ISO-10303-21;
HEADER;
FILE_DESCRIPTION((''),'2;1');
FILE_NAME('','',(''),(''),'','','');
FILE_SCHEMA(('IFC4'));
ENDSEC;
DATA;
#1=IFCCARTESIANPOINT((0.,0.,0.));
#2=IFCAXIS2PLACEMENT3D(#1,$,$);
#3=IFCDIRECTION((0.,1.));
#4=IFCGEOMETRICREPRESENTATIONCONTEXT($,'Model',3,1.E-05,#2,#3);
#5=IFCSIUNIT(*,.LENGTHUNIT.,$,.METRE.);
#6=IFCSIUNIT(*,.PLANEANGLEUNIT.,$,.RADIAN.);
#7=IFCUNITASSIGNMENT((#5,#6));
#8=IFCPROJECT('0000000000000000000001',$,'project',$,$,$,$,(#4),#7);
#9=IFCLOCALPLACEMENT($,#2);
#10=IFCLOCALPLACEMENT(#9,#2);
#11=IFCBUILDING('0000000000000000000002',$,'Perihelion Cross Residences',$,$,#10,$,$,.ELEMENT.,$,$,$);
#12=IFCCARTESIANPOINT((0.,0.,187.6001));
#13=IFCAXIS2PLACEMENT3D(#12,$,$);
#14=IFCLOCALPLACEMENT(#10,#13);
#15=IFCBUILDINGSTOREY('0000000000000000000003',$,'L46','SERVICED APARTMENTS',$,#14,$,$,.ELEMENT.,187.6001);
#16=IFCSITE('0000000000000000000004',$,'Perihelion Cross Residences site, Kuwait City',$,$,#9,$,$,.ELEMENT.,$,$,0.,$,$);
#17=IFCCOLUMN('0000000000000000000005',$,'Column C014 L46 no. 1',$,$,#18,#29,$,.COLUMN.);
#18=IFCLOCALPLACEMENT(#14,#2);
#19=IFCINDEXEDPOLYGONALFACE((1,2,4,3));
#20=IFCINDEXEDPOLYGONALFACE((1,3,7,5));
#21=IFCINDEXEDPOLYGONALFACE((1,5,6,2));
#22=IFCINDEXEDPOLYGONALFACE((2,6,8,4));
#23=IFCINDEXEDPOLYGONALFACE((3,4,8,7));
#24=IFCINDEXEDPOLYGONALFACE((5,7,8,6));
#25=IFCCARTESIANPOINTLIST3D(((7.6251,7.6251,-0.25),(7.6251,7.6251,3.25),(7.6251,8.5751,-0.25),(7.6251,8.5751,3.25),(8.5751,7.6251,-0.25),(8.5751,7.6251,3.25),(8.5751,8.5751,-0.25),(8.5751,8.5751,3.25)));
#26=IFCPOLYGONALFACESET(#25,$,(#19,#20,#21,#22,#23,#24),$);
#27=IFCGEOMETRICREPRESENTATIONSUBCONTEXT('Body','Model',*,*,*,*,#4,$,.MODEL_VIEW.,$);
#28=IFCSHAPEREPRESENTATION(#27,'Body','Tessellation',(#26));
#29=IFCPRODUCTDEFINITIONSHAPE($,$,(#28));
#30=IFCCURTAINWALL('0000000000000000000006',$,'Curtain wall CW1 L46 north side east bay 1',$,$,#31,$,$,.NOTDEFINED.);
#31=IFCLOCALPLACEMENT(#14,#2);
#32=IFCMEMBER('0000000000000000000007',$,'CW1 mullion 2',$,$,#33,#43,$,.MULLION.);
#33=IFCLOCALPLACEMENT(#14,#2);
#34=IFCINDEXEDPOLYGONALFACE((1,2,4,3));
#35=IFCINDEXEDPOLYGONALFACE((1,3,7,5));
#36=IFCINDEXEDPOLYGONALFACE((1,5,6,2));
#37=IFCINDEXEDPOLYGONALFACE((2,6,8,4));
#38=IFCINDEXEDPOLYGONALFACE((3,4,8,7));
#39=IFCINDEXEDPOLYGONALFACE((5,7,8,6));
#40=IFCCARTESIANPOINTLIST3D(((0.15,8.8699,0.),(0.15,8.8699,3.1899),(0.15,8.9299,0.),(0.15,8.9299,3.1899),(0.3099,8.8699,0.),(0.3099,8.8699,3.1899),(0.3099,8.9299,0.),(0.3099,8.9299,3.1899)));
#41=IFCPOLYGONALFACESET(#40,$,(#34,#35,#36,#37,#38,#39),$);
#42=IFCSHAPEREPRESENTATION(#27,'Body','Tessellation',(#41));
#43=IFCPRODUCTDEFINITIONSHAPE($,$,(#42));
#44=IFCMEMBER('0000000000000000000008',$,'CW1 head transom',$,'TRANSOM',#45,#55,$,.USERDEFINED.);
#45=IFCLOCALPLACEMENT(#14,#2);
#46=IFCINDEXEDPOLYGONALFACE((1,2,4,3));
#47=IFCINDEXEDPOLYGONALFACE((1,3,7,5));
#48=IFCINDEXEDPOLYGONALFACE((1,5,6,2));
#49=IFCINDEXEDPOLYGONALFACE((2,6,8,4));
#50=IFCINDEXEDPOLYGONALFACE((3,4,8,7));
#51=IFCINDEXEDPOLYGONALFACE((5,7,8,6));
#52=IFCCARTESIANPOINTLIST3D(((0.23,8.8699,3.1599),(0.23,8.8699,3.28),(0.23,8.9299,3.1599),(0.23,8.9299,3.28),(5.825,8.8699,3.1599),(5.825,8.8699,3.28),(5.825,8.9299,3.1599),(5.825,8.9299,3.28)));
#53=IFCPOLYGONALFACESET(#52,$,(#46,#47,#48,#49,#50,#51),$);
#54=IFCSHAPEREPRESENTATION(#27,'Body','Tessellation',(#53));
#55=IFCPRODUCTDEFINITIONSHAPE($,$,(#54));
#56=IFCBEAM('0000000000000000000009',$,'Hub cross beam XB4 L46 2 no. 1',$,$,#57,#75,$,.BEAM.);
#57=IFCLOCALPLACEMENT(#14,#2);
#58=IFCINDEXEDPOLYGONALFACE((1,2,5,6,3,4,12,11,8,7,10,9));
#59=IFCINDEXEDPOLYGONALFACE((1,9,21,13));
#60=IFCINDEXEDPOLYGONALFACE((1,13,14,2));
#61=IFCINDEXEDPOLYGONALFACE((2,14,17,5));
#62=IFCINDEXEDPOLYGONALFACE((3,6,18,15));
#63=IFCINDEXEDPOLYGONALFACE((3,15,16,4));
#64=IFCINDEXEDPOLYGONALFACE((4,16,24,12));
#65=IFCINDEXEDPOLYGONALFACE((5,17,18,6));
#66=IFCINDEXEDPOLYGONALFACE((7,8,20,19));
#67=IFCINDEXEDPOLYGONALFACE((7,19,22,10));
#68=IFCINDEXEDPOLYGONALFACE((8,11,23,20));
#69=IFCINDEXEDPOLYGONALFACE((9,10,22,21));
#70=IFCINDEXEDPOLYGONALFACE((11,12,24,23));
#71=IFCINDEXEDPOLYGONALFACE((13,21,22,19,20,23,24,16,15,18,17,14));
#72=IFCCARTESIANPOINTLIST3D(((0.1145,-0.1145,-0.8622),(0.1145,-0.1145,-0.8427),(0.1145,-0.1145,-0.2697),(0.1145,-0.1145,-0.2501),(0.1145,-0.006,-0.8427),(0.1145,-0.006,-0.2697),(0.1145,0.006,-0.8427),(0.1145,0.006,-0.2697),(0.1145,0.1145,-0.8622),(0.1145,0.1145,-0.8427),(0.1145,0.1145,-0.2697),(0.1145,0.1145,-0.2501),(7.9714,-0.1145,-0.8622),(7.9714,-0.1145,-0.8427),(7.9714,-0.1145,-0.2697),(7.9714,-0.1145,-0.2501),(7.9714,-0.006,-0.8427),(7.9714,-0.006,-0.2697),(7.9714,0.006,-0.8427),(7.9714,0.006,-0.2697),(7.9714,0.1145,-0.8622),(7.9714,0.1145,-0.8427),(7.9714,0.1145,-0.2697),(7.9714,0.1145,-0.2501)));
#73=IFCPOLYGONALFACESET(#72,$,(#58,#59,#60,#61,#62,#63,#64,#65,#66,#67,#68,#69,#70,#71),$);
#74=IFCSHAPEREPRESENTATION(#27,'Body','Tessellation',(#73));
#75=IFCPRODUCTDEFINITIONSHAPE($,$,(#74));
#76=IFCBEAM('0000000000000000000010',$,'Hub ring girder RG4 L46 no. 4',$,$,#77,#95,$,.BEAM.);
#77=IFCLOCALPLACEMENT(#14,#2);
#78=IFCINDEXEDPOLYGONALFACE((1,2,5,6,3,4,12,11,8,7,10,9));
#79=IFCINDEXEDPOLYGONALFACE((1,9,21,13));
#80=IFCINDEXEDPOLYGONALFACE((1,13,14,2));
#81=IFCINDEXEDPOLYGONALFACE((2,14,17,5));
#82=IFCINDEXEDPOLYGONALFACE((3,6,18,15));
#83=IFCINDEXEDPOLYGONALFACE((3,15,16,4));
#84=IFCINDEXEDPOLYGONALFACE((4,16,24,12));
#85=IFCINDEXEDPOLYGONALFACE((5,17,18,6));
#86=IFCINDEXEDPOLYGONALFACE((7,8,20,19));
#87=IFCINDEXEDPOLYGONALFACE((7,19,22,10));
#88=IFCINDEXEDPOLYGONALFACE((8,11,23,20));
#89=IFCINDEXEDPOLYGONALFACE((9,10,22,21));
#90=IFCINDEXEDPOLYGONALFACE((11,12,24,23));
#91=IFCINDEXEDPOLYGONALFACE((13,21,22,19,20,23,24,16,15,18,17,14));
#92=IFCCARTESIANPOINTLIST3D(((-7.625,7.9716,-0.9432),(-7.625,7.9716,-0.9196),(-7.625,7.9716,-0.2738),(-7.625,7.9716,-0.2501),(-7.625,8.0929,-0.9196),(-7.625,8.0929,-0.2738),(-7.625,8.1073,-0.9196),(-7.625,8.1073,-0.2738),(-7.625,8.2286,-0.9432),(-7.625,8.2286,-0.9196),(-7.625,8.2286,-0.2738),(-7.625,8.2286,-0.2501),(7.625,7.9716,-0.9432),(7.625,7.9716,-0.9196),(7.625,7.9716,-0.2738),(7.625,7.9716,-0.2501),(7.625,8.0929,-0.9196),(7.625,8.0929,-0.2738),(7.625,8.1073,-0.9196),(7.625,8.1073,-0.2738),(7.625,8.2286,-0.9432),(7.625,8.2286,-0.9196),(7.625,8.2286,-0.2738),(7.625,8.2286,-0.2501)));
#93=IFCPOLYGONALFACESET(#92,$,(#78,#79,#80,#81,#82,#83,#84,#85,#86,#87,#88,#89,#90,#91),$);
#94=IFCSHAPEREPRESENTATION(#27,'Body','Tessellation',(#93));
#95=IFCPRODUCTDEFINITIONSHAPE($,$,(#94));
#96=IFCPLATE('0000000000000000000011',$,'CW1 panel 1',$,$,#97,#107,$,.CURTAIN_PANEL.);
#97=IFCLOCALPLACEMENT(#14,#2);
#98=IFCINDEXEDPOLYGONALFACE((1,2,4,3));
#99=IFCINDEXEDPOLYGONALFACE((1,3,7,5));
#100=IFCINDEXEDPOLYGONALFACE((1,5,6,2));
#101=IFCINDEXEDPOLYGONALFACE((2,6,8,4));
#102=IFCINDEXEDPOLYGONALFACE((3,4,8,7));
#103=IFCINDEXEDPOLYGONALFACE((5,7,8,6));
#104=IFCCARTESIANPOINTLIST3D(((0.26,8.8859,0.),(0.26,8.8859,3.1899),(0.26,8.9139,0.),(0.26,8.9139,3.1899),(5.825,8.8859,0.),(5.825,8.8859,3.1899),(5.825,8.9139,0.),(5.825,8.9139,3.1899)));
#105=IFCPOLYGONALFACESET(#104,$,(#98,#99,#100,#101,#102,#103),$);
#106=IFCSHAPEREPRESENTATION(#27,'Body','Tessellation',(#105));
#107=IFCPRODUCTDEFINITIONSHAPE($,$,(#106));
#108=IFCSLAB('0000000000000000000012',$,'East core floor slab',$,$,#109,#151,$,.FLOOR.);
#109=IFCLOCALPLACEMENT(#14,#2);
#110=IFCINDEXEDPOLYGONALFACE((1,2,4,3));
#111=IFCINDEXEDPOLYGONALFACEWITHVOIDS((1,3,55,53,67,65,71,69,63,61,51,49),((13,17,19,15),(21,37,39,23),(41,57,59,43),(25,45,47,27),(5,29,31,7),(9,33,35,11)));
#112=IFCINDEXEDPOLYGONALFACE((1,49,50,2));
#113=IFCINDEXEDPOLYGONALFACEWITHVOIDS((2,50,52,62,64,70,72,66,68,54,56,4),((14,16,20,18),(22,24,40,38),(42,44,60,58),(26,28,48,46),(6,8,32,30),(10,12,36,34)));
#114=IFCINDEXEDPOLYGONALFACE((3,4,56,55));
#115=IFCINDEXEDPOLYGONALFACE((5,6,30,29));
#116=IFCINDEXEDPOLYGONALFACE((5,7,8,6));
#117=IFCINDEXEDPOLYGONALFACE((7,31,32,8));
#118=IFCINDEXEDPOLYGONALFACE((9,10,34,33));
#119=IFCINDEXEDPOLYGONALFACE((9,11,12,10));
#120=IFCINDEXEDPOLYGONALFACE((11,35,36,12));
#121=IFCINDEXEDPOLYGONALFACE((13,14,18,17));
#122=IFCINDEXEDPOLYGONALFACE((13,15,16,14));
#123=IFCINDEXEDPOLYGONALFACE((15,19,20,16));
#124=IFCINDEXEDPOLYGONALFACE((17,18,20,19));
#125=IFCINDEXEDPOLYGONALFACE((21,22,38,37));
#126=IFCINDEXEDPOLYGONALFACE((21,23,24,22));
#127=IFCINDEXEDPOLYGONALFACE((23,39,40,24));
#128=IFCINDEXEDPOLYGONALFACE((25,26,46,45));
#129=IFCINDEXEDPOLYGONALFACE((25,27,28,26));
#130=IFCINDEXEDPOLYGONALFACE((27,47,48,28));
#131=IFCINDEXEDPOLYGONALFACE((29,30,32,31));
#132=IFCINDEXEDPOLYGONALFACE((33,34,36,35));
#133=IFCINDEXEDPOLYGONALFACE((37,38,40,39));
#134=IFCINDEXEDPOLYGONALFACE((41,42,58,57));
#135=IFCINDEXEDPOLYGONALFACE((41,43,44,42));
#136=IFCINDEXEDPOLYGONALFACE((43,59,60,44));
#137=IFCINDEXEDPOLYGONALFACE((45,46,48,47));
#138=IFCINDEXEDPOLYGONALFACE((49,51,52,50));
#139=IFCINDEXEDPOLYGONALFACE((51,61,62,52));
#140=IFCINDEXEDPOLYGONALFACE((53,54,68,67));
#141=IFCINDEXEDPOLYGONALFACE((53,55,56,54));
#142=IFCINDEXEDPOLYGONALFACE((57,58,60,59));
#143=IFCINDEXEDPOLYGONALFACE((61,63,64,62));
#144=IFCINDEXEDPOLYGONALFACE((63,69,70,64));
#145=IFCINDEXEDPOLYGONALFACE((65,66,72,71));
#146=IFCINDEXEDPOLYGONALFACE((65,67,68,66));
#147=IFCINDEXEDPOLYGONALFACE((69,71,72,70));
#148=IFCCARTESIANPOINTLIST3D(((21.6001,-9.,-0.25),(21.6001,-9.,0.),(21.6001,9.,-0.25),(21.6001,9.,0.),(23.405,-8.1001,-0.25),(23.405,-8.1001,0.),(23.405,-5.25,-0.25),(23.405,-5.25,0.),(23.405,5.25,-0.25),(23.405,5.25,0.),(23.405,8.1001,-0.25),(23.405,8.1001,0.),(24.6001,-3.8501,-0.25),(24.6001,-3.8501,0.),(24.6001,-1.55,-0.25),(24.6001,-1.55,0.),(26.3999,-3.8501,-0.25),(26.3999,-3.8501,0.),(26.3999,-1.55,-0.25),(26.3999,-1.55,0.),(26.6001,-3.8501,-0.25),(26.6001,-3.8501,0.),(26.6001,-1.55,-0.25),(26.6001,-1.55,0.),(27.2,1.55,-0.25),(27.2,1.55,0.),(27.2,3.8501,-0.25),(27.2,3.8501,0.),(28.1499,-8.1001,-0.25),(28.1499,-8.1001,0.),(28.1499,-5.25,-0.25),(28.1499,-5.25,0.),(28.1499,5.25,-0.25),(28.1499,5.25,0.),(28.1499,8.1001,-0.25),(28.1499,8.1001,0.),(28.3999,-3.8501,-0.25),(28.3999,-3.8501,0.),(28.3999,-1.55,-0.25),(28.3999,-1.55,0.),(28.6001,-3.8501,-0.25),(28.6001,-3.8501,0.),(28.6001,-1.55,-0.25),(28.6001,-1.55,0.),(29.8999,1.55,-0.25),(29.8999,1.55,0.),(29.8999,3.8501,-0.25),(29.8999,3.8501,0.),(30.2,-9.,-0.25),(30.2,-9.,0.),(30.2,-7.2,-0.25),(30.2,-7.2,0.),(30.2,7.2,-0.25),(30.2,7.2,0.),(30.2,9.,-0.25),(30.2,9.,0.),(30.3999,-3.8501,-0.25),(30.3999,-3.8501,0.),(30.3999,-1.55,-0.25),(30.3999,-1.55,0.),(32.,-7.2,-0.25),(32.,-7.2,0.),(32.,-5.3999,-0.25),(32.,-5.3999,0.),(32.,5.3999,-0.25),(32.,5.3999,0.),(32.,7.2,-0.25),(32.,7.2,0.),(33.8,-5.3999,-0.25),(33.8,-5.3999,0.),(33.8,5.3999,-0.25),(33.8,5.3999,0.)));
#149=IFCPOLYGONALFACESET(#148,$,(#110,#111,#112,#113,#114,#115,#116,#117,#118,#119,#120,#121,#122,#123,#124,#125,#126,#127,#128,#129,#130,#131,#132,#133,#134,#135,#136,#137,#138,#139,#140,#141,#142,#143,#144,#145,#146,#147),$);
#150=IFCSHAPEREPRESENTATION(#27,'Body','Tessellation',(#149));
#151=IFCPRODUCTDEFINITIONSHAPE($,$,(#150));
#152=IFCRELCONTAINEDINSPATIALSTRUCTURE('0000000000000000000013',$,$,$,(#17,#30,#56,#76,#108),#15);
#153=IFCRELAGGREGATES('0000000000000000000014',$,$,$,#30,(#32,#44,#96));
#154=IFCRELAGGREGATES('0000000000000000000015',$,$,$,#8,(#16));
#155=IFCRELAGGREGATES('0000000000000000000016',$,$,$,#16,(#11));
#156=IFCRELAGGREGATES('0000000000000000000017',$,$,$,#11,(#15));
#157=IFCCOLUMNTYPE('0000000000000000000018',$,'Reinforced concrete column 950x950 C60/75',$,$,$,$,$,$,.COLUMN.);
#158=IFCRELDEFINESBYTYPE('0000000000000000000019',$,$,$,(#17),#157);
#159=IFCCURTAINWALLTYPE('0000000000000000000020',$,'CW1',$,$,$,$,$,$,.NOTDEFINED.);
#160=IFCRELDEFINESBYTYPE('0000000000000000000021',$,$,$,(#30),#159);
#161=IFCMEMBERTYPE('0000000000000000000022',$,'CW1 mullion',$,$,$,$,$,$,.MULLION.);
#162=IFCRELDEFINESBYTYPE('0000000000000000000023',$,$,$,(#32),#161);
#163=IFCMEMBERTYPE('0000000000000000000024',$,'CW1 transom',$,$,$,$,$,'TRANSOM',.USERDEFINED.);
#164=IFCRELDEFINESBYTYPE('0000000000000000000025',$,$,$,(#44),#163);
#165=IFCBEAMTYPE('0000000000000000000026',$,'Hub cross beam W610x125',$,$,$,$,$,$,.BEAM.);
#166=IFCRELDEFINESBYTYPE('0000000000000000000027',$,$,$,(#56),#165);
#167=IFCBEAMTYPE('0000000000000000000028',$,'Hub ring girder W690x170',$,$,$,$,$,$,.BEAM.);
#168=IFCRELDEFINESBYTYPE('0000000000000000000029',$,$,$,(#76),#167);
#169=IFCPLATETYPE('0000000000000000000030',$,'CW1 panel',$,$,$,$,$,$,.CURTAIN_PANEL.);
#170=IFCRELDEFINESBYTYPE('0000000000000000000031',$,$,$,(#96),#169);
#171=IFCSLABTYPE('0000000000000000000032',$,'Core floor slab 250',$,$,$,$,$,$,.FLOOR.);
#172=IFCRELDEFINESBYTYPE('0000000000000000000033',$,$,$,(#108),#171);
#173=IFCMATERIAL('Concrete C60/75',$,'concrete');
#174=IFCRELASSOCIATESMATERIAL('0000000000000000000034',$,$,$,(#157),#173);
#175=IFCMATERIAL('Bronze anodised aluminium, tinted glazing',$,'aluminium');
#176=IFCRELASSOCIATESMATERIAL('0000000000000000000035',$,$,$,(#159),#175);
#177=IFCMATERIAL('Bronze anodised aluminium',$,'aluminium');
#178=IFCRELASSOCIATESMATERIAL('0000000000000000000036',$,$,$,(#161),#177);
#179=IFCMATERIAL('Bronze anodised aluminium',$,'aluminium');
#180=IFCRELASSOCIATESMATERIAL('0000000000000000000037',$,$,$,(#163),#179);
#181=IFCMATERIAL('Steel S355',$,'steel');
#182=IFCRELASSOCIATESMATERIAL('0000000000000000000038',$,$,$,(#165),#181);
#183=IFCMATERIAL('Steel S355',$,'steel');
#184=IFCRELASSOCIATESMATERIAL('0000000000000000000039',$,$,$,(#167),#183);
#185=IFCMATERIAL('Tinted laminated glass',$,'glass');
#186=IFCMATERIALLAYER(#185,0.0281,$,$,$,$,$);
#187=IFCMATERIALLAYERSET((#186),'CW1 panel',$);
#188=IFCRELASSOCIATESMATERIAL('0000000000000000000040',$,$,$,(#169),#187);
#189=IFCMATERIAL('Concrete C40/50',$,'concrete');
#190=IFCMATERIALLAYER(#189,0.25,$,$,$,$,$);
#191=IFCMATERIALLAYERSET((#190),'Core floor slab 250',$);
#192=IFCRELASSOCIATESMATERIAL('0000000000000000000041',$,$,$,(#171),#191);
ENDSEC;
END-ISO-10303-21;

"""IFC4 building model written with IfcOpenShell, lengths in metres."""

from ifc_helpers import new_model, si_unit, direction, frame, origin, origin_2d, place, context, subcontext, project, spatial, polyline, rectangle, i_section, outline, extrude, material, layer, layer_set, material_profile, profile_set, type_object, element, aggregate, save


model = new_model("IFC4")

# Units and contexts
model_context = context("Model", 3, precision=1e-05, world=origin(), true_north=direction((0.0, 1.0)))
body_context = subcontext(model_context, "Body", "Model", "MODEL_VIEW")
ifc_project = project(units=[si_unit("LENGTHUNIT", "METRE"), si_unit("PLANEANGLEUNIT", "RADIAN")], contexts=[model_context])

# Site, building, storey
site_placement = place(None, origin())
site = spatial("IfcSite", under=ifc_project, at=site_placement, Name="Perihelion Cross Residences site, Kuwait City", CompositionType="ELEMENT", RefElevation=0.0)
building_placement = place(site_placement, origin())
building = spatial("IfcBuilding", under=site, at=building_placement, Name="Perihelion Cross Residences", CompositionType="ELEMENT")
storey_placement = place(building_placement, frame((0.0, 0.0, 187.6001)))
storey = spatial("IfcBuildingStorey", under=building, at=storey_placement, Name="L46", Description="SERVICED APARTMENTS", CompositionType="ELEMENT", Elevation=187.6001)

# Column
ifc_material_1 = material(Name="Concrete C60/75", Category="concrete")
ifc_material_profile_1 = material_profile(ifc_material_1, rectangle(XDim=0.95, YDim=0.95, at=origin_2d()), Name="RC 950x950")
ifc_profile_set_1 = profile_set([ifc_material_profile_1], Name="Concrete C60/75")
column_type = type_object("IfcColumnType", Name="Reinforced concrete column 950x950 C60/75", PredefinedType="COLUMN", material=ifc_profile_set_1)
column_placement = place(storey_placement, frame((8.1001, 8.1001, -0.25), z_axis=(0.0, 0.0, 1.0), x_axis=(1.0, 0.0, 0.0)))
element("IfcColumn", 1, at=column_placement, inside=storey, type_object=column_type, Name="Column C014 L46 no. 1", PredefinedType="COLUMN", context=body_context, shape_type="SweptSolid", body=[
    extrude(rectangle(XDim=0.95, YDim=0.95, at=origin_2d()), origin(), (0.0, 0.0, 1.0), 3.5),
])

# Curtain wall, members
ifc_material_2 = material(Name="Bronze anodised aluminium, tinted glazing", Category="aluminium")
curtain_wall_type = type_object("IfcCurtainWallType", Name="CW1", PredefinedType="NOTDEFINED", material=ifc_material_2)
curtain_wall_placement = place(storey_placement, origin())
curtain_wall = element("IfcCurtainWall", 2, at=curtain_wall_placement, inside=storey, type_object=curtain_wall_type, Name="Curtain wall CW1 L46 north side east bay 1", PredefinedType="NOTDEFINED")
ifc_material_3 = material(Name="Bronze anodised aluminium", Category="aluminium")
ifc_material_profile_2 = material_profile(ifc_material_3, rectangle(XDim=0.0601, YDim=0.1599, at=origin_2d()), Name="CW1 mullion")
ifc_profile_set_2 = profile_set([ifc_material_profile_2], Name="Bronze anodised aluminium")
member_type_1 = type_object("IfcMemberType", Name="CW1 mullion", PredefinedType="MULLION", material=ifc_profile_set_2)
member_1_placement = place(storey_placement, frame((0.23, 8.8999, 0.0), z_axis=(0.0, 0.0, 1.0), x_axis=(0.0, -1.0, 0.0)))
member_1 = element("IfcMember", 3, at=member_1_placement, type_object=member_type_1, Name="CW1 mullion 2", PredefinedType="MULLION", context=body_context, shape_type="SweptSolid", body=[
    extrude(rectangle(XDim=0.0601, YDim=0.1599, at=origin_2d()), origin(), (0.0, 0.0, 1.0), 3.1899),
])
ifc_material_4 = material(Name="Bronze anodised aluminium", Category="aluminium")
ifc_material_profile_3 = material_profile(ifc_material_4, rectangle(XDim=0.0601, YDim=0.1201, at=origin_2d()), Name="CW1 transom")
ifc_profile_set_3 = profile_set([ifc_material_profile_3], Name="Bronze anodised aluminium")
member_type_2 = type_object("IfcMemberType", Name="CW1 transom", ElementType="TRANSOM", PredefinedType="USERDEFINED", material=ifc_profile_set_3)
member_2_placement = place(storey_placement, frame((5.825, 8.8999, 3.22), z_axis=(-1.0, 0.0, 0.0), x_axis=(0.0, -1.0, 0.0)))
member_2 = element("IfcMember", 4, at=member_2_placement, type_object=member_type_2, Name="CW1 head transom", ObjectType="TRANSOM", PredefinedType="USERDEFINED", context=body_context, shape_type="SweptSolid", body=[
    extrude(rectangle(XDim=0.0601, YDim=0.1201, at=origin_2d()), origin(), (0.0, 0.0, 1.0), 5.595),
])

# Beams
ifc_material_5 = material(Name="Steel S355", Category="steel")
ifc_material_profile_4 = material_profile(ifc_material_5, i_section(OverallWidth=0.229, OverallDepth=0.6121, WebThickness=0.012, FlangeThickness=0.0195, at=origin_2d()), Name="W610x125")
ifc_profile_set_4 = profile_set([ifc_material_profile_4], Name="Steel S355")
beam_type_1 = type_object("IfcBeamType", Name="Hub cross beam W610x125", PredefinedType="BEAM", material=ifc_profile_set_4)
beam_1_placement = place(storey_placement, frame((0.1145, 0.0, -0.5562), z_axis=(1.0, 0.0, 0.0), x_axis=(0.0, 1.0, 0.0)))
element("IfcBeam", 5, at=beam_1_placement, inside=storey, type_object=beam_type_1, Name="Hub cross beam XB4 L46 2 no. 1", PredefinedType="BEAM", context=body_context, shape_type="SweptSolid", body=[
    extrude(i_section(OverallWidth=0.229, OverallDepth=0.6121, WebThickness=0.012, FlangeThickness=0.0195, at=origin_2d()), origin(), (0.0, 0.0, 1.0), 7.8569),
])
ifc_material_6 = material(Name="Steel S355", Category="steel")
ifc_material_profile_5 = material_profile(ifc_material_6, i_section(OverallWidth=0.2571, OverallDepth=0.6931, WebThickness=0.0144, FlangeThickness=0.0237, at=origin_2d()), Name="W690x170")
ifc_profile_set_5 = profile_set([ifc_material_profile_5], Name="Steel S355")
beam_type_2 = type_object("IfcBeamType", Name="Hub ring girder W690x170", PredefinedType="BEAM", material=ifc_profile_set_5)
beam_2_placement = place(storey_placement, frame((7.625, 8.1001, -0.5967), z_axis=(-1.0, 0.0, 0.0), x_axis=(0.0, -1.0, 0.0)))
element("IfcBeam", 6, at=beam_2_placement, inside=storey, type_object=beam_type_2, Name="Hub ring girder RG4 L46 no. 4", PredefinedType="BEAM", context=body_context, shape_type="SweptSolid", body=[
    extrude(i_section(OverallWidth=0.2571, OverallDepth=0.6931, WebThickness=0.0144, FlangeThickness=0.0237, at=origin_2d()), origin(), (0.0, 0.0, 1.0), 15.25),
])

# Plate
ifc_material_7 = material(Name="Tinted laminated glass", Category="glass")
ifc_layer_1 = layer(ifc_material_7, 0.0281)
ifc_layer_set_1 = layer_set([ifc_layer_1], Name="CW1 panel")
plate_type = type_object("IfcPlateType", Name="CW1 panel", PredefinedType="CURTAIN_PANEL", material=ifc_layer_set_1)
plate_placement = place(storey_placement, frame((3.0425, 8.8999, 0.0), z_axis=(0.0, 0.0, 1.0), x_axis=(-1.0, 0.0, 0.0)))
plate = element("IfcPlate", 7, at=plate_placement, type_object=plate_type, Name="CW1 panel 1", PredefinedType="CURTAIN_PANEL", context=body_context, shape_type="SweptSolid", body=[
    extrude(rectangle(XDim=5.5649, YDim=0.0281, at=origin_2d()), origin(), (0.0, 0.0, 1.0), 3.1899),
])
aggregate(curtain_wall, [member_1, member_2, plate])

# Slab
ifc_material_8 = material(Name="Concrete C40/50", Category="concrete")
ifc_layer_2 = layer(ifc_material_8, 0.25)
ifc_layer_set_2 = layer_set([ifc_layer_2], Name="Core floor slab 250")
slab_type_1 = type_object("IfcSlabType", Name="Core floor slab 250", PredefinedType="FLOOR", material=ifc_layer_set_2)
slab_1_placement = place(storey_placement, frame((0.0, 0.0, -0.25)))
element("IfcSlab", 8, at=slab_1_placement, inside=storey, type_object=slab_type_1, Name="East core floor slab", PredefinedType="FLOOR", context=body_context, shape_type="SweptSolid", body=[
    extrude(outline(polyline([(30.2, 7.2), (32.0, 7.2), (32.0, 5.3999), (33.8, 5.3999), (33.8, -5.3999), (32.0, -5.3999), (32.0, -7.2), (30.2, -7.2), (30.2, -9.0), (21.6001, -9.0), (21.6001, 9.0), (30.2, 9.0), (30.2, 7.2)]), holes=[polyline([(28.1499, -8.1001), (28.1499, -5.25), (23.405, -5.25), (23.405, -8.1001), (28.1499, -8.1001)]), polyline([(24.6001, -1.55), (24.6001, -3.8501), (26.3999, -3.8501), (26.3999, -1.55), (24.6001, -1.55)]), polyline([(26.6001, -1.55), (26.6001, -3.8501), (28.3999, -3.8501), (28.3999, -1.55), (26.6001, -1.55)]), polyline([(28.6001, -3.8501), (30.3999, -3.8501), (30.3999, -1.55), (28.6001, -1.55), (28.6001, -3.8501)]), polyline([(27.2, 3.8501), (27.2, 1.55), (29.8999, 1.55), (29.8999, 3.8501), (27.2, 3.8501)]), polyline([(23.405, 5.25), (28.1499, 5.25), (28.1499, 8.1001), (23.405, 8.1001), (23.405, 5.25)])]), origin(), (0.0, 0.0, 1.0), 0.25),
])

save(model, "model.ifc")
